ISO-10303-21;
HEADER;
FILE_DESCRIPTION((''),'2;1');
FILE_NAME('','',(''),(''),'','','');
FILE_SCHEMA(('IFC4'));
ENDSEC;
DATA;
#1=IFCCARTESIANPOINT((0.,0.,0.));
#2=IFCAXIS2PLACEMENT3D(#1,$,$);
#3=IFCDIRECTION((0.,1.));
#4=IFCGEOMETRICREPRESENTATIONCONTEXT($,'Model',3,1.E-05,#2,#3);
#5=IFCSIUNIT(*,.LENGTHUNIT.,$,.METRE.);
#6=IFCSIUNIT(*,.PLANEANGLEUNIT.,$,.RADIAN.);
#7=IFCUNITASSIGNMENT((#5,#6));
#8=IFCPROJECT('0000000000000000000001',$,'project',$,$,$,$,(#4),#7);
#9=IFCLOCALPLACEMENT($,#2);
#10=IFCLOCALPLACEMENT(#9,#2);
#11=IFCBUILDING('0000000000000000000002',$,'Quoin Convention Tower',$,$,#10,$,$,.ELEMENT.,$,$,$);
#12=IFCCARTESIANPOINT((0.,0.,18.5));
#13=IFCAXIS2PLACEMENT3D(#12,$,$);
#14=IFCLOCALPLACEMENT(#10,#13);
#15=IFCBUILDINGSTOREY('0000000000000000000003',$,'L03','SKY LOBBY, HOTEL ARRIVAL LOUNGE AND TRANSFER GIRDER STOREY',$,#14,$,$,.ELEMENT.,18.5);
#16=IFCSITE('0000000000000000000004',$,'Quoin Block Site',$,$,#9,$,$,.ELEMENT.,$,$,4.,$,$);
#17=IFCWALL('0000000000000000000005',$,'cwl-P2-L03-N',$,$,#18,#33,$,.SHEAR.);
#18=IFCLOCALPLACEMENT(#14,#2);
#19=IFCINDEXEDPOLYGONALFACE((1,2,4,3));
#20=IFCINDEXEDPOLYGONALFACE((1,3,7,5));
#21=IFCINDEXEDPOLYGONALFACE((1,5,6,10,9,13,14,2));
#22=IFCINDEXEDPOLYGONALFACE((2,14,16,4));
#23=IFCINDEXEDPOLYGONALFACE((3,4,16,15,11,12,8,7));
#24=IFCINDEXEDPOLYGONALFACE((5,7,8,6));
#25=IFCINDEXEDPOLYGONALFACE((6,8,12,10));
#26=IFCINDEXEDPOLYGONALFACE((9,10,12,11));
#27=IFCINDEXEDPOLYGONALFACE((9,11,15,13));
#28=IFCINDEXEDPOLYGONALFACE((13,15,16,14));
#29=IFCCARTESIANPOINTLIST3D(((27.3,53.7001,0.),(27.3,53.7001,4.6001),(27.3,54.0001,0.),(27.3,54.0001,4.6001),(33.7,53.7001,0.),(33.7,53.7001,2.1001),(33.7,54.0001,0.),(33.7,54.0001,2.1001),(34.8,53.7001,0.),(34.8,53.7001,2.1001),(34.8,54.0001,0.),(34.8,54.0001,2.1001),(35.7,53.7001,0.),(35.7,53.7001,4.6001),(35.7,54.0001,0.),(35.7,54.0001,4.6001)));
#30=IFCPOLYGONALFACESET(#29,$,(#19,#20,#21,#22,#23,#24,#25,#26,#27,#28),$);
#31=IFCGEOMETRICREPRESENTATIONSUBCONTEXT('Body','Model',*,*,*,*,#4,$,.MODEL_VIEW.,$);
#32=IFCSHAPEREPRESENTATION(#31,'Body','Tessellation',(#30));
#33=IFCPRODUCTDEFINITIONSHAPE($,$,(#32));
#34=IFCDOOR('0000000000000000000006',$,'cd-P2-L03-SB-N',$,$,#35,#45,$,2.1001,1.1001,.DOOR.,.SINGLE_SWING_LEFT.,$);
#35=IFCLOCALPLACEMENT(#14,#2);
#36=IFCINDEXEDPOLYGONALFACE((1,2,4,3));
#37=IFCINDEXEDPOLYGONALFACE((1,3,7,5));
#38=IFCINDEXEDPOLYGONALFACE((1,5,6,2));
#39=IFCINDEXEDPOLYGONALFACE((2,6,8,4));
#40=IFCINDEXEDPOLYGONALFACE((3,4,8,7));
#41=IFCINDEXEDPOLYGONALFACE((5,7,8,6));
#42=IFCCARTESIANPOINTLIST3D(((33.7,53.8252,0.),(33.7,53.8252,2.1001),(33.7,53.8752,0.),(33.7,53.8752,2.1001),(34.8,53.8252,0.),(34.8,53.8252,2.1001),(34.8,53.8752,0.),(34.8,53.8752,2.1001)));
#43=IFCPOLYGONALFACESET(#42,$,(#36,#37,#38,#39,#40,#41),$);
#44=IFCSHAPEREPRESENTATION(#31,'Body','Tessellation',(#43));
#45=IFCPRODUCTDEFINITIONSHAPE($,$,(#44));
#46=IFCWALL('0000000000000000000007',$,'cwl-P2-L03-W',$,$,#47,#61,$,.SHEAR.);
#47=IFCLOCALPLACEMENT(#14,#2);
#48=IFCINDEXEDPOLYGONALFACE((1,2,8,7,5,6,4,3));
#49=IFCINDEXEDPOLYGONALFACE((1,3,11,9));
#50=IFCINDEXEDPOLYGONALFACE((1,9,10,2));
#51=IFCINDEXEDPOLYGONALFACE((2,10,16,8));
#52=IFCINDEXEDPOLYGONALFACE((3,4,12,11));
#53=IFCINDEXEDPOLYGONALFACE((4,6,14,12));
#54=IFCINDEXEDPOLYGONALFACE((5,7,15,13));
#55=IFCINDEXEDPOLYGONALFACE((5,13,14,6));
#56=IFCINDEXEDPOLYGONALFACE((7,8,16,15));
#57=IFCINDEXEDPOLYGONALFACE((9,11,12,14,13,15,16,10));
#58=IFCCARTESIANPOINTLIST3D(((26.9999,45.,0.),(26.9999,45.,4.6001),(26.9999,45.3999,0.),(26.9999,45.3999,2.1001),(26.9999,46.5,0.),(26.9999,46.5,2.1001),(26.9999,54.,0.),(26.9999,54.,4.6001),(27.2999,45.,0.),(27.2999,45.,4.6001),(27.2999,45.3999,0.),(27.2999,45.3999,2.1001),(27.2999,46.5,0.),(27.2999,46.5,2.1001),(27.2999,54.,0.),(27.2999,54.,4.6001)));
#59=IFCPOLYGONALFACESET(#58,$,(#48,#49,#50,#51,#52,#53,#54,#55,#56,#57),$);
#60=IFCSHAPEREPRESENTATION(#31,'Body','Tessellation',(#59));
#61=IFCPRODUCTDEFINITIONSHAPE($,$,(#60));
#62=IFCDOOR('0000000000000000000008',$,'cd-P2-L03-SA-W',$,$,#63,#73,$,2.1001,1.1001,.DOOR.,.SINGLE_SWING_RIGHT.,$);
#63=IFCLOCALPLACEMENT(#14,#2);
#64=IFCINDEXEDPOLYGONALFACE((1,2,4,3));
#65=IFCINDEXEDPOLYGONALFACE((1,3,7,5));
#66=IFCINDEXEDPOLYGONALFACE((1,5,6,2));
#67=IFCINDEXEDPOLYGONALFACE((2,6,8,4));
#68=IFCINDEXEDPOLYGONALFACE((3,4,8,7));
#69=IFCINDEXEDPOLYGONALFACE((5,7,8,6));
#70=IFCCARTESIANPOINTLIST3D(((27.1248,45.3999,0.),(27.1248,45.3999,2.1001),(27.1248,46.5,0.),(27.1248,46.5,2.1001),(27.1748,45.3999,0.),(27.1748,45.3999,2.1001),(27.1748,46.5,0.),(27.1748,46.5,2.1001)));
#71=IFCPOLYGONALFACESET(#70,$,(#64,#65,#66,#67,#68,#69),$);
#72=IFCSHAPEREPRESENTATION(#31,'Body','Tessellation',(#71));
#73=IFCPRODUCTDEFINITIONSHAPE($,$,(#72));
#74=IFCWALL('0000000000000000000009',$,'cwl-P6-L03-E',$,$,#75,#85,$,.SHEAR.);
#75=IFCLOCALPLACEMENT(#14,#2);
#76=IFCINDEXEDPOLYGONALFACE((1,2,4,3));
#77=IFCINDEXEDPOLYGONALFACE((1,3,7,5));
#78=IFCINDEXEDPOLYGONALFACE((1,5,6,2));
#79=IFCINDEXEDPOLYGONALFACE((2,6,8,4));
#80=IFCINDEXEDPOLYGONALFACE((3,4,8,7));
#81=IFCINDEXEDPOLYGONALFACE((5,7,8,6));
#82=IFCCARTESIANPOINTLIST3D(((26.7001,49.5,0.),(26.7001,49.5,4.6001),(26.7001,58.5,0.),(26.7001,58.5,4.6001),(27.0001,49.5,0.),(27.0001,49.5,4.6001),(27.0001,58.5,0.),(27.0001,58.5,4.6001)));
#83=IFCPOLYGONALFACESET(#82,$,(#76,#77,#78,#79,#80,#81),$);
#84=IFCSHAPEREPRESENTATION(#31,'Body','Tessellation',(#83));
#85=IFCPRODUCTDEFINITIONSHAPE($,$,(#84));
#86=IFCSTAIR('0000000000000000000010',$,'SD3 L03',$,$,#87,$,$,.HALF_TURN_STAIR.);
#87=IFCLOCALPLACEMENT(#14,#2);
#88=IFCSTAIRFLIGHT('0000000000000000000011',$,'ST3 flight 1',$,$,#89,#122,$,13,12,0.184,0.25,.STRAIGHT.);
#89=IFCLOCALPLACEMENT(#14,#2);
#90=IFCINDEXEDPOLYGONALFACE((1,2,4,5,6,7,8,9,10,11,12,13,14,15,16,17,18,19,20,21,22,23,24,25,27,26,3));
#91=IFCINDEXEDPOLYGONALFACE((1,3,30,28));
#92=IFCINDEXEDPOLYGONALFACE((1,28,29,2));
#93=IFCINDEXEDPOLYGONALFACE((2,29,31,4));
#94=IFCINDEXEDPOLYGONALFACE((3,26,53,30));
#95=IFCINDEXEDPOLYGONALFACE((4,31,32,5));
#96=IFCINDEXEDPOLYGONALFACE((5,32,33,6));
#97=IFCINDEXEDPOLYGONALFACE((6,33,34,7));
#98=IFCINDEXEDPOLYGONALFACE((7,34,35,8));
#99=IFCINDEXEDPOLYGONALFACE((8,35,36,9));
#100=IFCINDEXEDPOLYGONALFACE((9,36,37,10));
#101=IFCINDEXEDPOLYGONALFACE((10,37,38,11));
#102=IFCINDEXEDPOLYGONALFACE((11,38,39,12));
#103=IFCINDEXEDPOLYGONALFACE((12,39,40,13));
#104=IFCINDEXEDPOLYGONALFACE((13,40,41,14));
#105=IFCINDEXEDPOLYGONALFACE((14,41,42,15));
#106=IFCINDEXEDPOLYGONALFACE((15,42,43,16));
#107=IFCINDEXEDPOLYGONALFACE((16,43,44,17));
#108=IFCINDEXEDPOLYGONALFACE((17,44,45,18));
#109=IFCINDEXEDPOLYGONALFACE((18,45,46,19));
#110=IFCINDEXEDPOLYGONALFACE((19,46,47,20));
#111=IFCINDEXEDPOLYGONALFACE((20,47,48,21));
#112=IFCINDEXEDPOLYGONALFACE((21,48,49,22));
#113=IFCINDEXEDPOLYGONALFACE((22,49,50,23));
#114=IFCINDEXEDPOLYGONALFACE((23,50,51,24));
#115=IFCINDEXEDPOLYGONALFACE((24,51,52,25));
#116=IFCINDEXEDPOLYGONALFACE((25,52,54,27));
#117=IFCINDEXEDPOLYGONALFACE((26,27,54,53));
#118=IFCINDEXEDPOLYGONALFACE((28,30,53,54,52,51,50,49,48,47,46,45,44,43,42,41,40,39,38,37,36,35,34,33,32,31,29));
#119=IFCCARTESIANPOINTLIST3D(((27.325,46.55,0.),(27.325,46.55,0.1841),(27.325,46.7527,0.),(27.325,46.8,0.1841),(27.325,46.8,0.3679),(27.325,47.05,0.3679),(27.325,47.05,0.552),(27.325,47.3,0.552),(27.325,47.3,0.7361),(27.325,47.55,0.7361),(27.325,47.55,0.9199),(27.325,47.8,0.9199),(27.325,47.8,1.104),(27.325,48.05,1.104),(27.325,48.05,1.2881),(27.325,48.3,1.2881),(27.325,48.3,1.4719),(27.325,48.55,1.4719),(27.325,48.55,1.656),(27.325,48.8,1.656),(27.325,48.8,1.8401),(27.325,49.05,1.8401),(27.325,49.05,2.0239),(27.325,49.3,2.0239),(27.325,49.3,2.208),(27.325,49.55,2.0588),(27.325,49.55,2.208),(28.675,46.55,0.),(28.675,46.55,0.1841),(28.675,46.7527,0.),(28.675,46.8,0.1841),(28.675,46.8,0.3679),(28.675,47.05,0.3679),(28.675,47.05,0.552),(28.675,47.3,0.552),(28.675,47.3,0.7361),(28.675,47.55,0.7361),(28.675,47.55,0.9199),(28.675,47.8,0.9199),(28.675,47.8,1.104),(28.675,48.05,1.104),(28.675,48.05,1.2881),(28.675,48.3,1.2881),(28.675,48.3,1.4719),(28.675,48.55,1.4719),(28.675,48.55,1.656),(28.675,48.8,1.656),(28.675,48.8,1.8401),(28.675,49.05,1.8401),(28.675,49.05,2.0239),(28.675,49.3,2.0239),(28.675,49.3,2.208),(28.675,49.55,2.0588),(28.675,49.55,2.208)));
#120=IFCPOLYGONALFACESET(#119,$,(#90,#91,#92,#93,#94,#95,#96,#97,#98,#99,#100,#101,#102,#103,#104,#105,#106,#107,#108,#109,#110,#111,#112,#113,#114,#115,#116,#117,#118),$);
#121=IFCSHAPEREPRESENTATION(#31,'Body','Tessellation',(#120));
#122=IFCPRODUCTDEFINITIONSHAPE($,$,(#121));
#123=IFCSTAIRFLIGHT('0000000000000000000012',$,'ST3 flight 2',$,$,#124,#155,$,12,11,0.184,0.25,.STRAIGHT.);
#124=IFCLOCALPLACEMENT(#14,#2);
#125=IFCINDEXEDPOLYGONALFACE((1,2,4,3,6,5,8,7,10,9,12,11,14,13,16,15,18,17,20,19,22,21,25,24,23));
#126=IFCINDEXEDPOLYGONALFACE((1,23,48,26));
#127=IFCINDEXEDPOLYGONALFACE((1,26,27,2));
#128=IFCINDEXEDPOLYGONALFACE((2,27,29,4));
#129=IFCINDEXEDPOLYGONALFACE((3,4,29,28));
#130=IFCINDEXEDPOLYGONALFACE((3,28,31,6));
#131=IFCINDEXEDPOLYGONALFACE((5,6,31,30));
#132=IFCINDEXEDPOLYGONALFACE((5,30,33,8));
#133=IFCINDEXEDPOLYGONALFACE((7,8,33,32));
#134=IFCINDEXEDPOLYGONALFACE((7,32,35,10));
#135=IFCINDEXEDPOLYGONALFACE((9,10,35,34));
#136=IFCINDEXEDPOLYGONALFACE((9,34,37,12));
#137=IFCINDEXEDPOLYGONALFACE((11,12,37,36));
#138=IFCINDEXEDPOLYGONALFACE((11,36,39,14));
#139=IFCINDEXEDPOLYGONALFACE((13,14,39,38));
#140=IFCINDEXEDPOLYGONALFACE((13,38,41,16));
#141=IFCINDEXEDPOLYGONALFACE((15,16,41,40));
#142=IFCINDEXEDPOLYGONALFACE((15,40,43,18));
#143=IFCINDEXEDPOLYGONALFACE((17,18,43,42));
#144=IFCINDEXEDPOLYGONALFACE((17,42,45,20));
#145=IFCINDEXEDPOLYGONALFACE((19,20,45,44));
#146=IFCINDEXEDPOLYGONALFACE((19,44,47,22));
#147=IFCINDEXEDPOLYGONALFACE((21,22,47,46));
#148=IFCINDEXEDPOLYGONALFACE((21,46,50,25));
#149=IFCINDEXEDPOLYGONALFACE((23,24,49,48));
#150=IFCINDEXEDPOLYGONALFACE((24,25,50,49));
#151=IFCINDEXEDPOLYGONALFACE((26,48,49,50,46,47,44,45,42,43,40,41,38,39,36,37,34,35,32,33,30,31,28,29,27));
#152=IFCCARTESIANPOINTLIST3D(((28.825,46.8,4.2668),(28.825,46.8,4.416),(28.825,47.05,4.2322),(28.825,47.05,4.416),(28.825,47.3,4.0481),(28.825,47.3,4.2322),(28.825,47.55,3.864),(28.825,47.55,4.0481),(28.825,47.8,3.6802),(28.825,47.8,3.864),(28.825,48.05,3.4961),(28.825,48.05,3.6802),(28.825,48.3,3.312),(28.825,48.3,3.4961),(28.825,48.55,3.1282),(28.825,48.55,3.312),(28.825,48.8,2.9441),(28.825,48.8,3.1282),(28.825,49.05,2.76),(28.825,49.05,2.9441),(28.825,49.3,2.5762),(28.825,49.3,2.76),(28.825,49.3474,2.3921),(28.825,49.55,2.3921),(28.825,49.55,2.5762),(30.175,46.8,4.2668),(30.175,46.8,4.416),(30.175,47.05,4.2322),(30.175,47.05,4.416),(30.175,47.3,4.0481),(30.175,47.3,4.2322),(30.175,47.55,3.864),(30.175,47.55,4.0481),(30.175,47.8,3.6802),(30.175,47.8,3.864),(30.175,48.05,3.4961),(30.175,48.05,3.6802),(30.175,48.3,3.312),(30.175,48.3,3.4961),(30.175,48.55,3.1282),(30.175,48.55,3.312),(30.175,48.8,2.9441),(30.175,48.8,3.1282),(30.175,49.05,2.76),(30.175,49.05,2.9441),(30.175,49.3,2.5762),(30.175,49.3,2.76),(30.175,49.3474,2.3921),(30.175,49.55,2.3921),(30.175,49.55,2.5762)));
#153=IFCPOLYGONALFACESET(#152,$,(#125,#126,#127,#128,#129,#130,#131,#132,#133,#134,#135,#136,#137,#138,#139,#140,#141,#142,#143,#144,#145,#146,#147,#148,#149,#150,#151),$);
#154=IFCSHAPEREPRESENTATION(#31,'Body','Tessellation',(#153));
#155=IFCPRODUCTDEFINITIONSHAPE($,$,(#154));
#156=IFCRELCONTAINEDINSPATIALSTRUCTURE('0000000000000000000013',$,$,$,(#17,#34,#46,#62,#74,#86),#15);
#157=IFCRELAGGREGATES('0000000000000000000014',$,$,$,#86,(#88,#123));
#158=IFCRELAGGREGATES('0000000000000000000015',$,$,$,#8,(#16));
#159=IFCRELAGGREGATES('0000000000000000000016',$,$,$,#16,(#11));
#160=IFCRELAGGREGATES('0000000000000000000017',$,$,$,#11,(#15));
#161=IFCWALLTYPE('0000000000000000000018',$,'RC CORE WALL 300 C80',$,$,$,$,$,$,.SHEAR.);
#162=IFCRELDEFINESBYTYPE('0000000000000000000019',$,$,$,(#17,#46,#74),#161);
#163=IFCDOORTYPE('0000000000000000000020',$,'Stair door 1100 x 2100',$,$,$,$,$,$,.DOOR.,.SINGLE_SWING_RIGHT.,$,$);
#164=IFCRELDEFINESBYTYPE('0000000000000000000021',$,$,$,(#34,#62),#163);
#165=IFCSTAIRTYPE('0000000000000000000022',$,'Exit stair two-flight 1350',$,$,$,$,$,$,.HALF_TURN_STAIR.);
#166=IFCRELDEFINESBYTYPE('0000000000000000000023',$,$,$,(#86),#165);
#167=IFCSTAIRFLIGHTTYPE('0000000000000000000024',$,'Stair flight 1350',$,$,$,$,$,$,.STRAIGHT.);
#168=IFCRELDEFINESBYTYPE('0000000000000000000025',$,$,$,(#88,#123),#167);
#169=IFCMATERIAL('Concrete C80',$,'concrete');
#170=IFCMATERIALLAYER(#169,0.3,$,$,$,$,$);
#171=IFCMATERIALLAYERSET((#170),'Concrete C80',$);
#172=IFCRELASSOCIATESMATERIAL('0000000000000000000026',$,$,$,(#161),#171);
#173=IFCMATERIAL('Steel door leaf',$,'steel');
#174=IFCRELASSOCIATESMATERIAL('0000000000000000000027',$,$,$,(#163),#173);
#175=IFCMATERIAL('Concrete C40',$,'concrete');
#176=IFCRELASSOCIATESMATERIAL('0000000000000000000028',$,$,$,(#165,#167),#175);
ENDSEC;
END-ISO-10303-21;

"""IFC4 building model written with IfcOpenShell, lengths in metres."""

from ifc_helpers import new_model, si_unit, direction, frame, frame_2d, origin, place, context, subcontext, project, spatial, polyline, rectangle, outline, extrude, material, layer, layer_set, type_object, element, fill, aggregate, save


model = new_model("IFC4")

# Units and contexts
model_context = context("Model", 3, precision=1e-05, world=origin(), true_north=direction((0.0, 1.0)))
body_context = subcontext(model_context, "Body", "Model", "MODEL_VIEW")
ifc_project = project(units=[si_unit("LENGTHUNIT", "METRE"), si_unit("PLANEANGLEUNIT", "RADIAN")], contexts=[model_context])

# Site, building, storey
site_placement = place(None, origin())
site = spatial("IfcSite", under=ifc_project, at=site_placement, Name="Quoin Block Site", CompositionType="ELEMENT", RefElevation=4.0)
building_placement = place(site_placement, origin())
building = spatial("IfcBuilding", under=site, at=building_placement, Name="Quoin Convention Tower", CompositionType="ELEMENT")
storey_placement = place(building_placement, frame((0.0, 0.0, 18.5)))
storey = spatial("IfcBuildingStorey", under=building, at=storey_placement, Name="L03", Description="SKY LOBBY, HOTEL ARRIVAL LOUNGE AND TRANSFER GIRDER STOREY", CompositionType="ELEMENT", Elevation=18.5)

# Walls, openings, doors
ifc_material_1 = material(Name="Steel door leaf", Category="steel")
ifc_material_2 = material(Name="Concrete C80", Category="concrete")
ifc_layer_1 = layer(ifc_material_2, 0.3)
ifc_layer_set_1 = layer_set([ifc_layer_1], Name="Concrete C80")
wall_type_1 = type_object("IfcWallType", Name="RC CORE WALL 300 C80", PredefinedType="SHEAR", material=ifc_layer_set_1)
wall_1_placement = place(storey_placement, frame((27.3, 53.8501, 0.0), z_axis=(0.0, 0.0, 1.0), x_axis=(1.0, 0.0, 0.0)))
wall_1 = element("IfcWall", 1, at=wall_1_placement, inside=storey, type_object=wall_type_1, Name="cwl-P2-L03-N", PredefinedType="SHEAR", context=body_context, shape_type="SweptSolid", body=[
    extrude(rectangle(XDim=8.3999, YDim=0.3, at=frame_2d((4.2, 0.0))), origin(), (0.0, 0.0, 1.0), 4.6001),
])
opening_1_placement = place(wall_1_placement, frame((6.3999, 0.0, 0.0)))
opening_1 = element("IfcOpeningElement", 2, at=opening_1_placement, cuts=wall_1, PredefinedType="OPENING", context=body_context, shape_type="SweptSolid", body=[
    extrude(rectangle(XDim=1.1001, YDim=2.1001, at=frame_2d((0.55, 1.05))), frame((0.0, 0.1599, 0.0), z_axis=(0.0, -1.0, 0.0), x_axis=(1.0, 0.0, 0.0)), (0.0, 0.0, 1.0), 0.3201),
])
door_type_1 = type_object("IfcDoorType", Name="Stair door 1100 x 2100", OperationType="SINGLE_SWING_RIGHT", PredefinedType="DOOR", material=ifc_material_1)
door_1_placement = place(opening_1_placement, frame((1.1001, 0.0, 0.0), z_axis=(0.0, 0.0, 1.0), x_axis=(-1.0, 0.0, 0.0)))
door_1 = element("IfcDoor", 3, at=door_1_placement, inside=storey, type_object=door_type_1, Name="cd-P2-L03-SB-N", OperationType="SINGLE_SWING_LEFT", OverallHeight=2.1001, OverallWidth=1.1001, PredefinedType="DOOR", context=body_context, shape_type="SweptSolid", body=[
    extrude(rectangle(XDim=1.1001, YDim=2.1001, at=frame_2d((0.55, 1.05))), frame((0.0, 0.0249, 0.0), z_axis=(0.0, -1.0, 0.0), x_axis=(1.0, 0.0, 0.0)), (0.0, 0.0, 1.0), 0.05),
])
fill(opening_1, door_1)
wall_2_placement = place(storey_placement, frame((27.1499, 45.0, 0.0), z_axis=(0.0, 0.0, 1.0), x_axis=(0.0, 1.0, 0.0)))
wall_2 = element("IfcWall", 4, at=wall_2_placement, inside=storey, type_object=wall_type_1, Name="cwl-P2-L03-W", PredefinedType="SHEAR", context=body_context, shape_type="SweptSolid", body=[
    extrude(rectangle(XDim=9.0, YDim=0.3, at=frame_2d((4.5, 0.0))), origin(), (0.0, 0.0, 1.0), 4.6001),
])
opening_2_placement = place(wall_2_placement, frame((0.3999, 0.0, 0.0)))
opening_2 = element("IfcOpeningElement", 5, at=opening_2_placement, cuts=wall_2, PredefinedType="OPENING", context=body_context, shape_type="SweptSolid", body=[
    extrude(rectangle(XDim=1.1001, YDim=2.1001, at=frame_2d((0.55, 1.05))), frame((0.0, 0.1599, 0.0), z_axis=(0.0, -1.0, 0.0), x_axis=(1.0, 0.0, 0.0)), (0.0, 0.0, 1.0), 0.3201),
])
door_2_placement = place(opening_2_placement, frame((1.1001, 0.0, 0.0), z_axis=(0.0, 0.0, 1.0), x_axis=(-1.0, 0.0, 0.0)))
door_2 = element("IfcDoor", 6, at=door_2_placement, inside=storey, type_object=door_type_1, Name="cd-P2-L03-SA-W", OperationType="SINGLE_SWING_RIGHT", OverallHeight=2.1001, OverallWidth=1.1001, PredefinedType="DOOR", context=body_context, shape_type="SweptSolid", body=[
    extrude(rectangle(XDim=1.1001, YDim=2.1001, at=frame_2d((0.55, 1.05))), frame((0.0, 0.0249, 0.0), z_axis=(0.0, -1.0, 0.0), x_axis=(1.0, 0.0, 0.0)), (0.0, 0.0, 1.0), 0.05),
])
fill(opening_2, door_2)

# Wall
wall_3_placement = place(storey_placement, frame((26.8501, 49.5, 0.0), z_axis=(0.0, 0.0, 1.0), x_axis=(0.0, 1.0, 0.0)))
element("IfcWall", 7, at=wall_3_placement, inside=storey, type_object=wall_type_1, Name="cwl-P6-L03-E", PredefinedType="SHEAR", context=body_context, shape_type="SweptSolid", body=[
    extrude(rectangle(XDim=9.0, YDim=0.3, at=frame_2d((4.5, 0.0))), origin(), (0.0, 0.0, 1.0), 4.6001),
])

# Stair, stair flights
ifc_material_3 = material(Name="Concrete C40", Category="concrete")
stair_type_1 = type_object("IfcStairType", Name="Exit stair two-flight 1350", PredefinedType="HALF_TURN_STAIR", material=ifc_material_3)
stair_1_placement = place(storey_placement, origin())
stair_1 = element("IfcStair", 8, at=stair_1_placement, inside=storey, type_object=stair_type_1, Name="SD3 L03", PredefinedType="HALF_TURN_STAIR")
stair_flight_type_1 = type_object("IfcStairFlightType", Name="Stair flight 1350", PredefinedType="STRAIGHT", material=ifc_material_3)
stair_flight_1_placement = place(storey_placement, frame((28.0, 46.55, 0.0), z_axis=(0.0, 0.0, 1.0), x_axis=(0.0, 1.0, 0.0)))
stair_flight_1 = element("IfcStairFlight", 9, at=stair_flight_1_placement, type_object=stair_flight_type_1, Name="ST3 flight 1", NumberOfRisers=13, NumberOfTreads=12, PredefinedType="STRAIGHT", RiserHeight=0.184, TreadLength=0.25, context=body_context, shape_type="SweptSolid", body=[
    extrude(outline(polyline([(0.0, 0.0), (0.0, 0.1841), (0.25, 0.1841), (0.25, 0.3679), (0.5, 0.3679), (0.5, 0.552), (0.75, 0.552), (0.75, 0.7361), (1.0, 0.7361), (1.0, 0.9199), (1.25, 0.9199), (1.25, 1.104), (1.5, 1.104), (1.5, 1.2881), (1.75, 1.2881), (1.75, 1.4719), (2.0, 1.4719), (2.0, 1.656), (2.25, 1.656), (2.25, 1.8401), (2.5, 1.8401), (2.5, 2.0239), (2.75, 2.0239), (2.75, 2.208), (3.0, 2.208), (3.0, 2.3921), (3.0, 2.0588), (0.2026, 0.0), (0.0, 0.0)])), frame((0.0, 0.675, 0.0), z_axis=(0.0, -1.0, 0.0), x_axis=(1.0, 0.0, 0.0)), (0.0, 0.0, 1.0), 1.3501),
])
stair_flight_2_placement = place(storey_placement, frame((29.5, 49.55, 2.3921), z_axis=(0.0, 0.0, 1.0), x_axis=(0.0, -1.0, 0.0)))
stair_flight_2 = element("IfcStairFlight", 10, at=stair_flight_2_placement, type_object=stair_flight_type_1, Name="ST3 flight 2", NumberOfRisers=12, NumberOfTreads=11, PredefinedType="STRAIGHT", RiserHeight=0.184, TreadLength=0.25, context=body_context, shape_type="SweptSolid", body=[
    extrude(outline(polyline([(0.0, 0.0), (0.0, 0.1841), (0.25, 0.1841), (0.25, 0.3679), (0.5, 0.3679), (0.5, 0.552), (0.75, 0.552), (0.75, 0.7361), (1.0, 0.7361), (1.0, 0.9199), (1.25, 0.9199), (1.25, 1.104), (1.5, 1.104), (1.5, 1.2881), (1.75, 1.2881), (1.75, 1.4719), (2.0, 1.4719), (2.0, 1.656), (2.25, 1.656), (2.25, 1.8401), (2.5, 1.8401), (2.5, 2.0239), (2.75, 2.0239), (2.75, 2.208), (2.75, 1.8748), (0.2026, 0.0), (0.0, 0.0)])), frame((0.0, 0.675, 0.0), z_axis=(0.0, -1.0, 0.0), x_axis=(1.0, 0.0, 0.0)), (0.0, 0.0, 1.0), 1.3501),
])
aggregate(stair_1, [stair_flight_1, stair_flight_2])

save(model, "model.ifc")
